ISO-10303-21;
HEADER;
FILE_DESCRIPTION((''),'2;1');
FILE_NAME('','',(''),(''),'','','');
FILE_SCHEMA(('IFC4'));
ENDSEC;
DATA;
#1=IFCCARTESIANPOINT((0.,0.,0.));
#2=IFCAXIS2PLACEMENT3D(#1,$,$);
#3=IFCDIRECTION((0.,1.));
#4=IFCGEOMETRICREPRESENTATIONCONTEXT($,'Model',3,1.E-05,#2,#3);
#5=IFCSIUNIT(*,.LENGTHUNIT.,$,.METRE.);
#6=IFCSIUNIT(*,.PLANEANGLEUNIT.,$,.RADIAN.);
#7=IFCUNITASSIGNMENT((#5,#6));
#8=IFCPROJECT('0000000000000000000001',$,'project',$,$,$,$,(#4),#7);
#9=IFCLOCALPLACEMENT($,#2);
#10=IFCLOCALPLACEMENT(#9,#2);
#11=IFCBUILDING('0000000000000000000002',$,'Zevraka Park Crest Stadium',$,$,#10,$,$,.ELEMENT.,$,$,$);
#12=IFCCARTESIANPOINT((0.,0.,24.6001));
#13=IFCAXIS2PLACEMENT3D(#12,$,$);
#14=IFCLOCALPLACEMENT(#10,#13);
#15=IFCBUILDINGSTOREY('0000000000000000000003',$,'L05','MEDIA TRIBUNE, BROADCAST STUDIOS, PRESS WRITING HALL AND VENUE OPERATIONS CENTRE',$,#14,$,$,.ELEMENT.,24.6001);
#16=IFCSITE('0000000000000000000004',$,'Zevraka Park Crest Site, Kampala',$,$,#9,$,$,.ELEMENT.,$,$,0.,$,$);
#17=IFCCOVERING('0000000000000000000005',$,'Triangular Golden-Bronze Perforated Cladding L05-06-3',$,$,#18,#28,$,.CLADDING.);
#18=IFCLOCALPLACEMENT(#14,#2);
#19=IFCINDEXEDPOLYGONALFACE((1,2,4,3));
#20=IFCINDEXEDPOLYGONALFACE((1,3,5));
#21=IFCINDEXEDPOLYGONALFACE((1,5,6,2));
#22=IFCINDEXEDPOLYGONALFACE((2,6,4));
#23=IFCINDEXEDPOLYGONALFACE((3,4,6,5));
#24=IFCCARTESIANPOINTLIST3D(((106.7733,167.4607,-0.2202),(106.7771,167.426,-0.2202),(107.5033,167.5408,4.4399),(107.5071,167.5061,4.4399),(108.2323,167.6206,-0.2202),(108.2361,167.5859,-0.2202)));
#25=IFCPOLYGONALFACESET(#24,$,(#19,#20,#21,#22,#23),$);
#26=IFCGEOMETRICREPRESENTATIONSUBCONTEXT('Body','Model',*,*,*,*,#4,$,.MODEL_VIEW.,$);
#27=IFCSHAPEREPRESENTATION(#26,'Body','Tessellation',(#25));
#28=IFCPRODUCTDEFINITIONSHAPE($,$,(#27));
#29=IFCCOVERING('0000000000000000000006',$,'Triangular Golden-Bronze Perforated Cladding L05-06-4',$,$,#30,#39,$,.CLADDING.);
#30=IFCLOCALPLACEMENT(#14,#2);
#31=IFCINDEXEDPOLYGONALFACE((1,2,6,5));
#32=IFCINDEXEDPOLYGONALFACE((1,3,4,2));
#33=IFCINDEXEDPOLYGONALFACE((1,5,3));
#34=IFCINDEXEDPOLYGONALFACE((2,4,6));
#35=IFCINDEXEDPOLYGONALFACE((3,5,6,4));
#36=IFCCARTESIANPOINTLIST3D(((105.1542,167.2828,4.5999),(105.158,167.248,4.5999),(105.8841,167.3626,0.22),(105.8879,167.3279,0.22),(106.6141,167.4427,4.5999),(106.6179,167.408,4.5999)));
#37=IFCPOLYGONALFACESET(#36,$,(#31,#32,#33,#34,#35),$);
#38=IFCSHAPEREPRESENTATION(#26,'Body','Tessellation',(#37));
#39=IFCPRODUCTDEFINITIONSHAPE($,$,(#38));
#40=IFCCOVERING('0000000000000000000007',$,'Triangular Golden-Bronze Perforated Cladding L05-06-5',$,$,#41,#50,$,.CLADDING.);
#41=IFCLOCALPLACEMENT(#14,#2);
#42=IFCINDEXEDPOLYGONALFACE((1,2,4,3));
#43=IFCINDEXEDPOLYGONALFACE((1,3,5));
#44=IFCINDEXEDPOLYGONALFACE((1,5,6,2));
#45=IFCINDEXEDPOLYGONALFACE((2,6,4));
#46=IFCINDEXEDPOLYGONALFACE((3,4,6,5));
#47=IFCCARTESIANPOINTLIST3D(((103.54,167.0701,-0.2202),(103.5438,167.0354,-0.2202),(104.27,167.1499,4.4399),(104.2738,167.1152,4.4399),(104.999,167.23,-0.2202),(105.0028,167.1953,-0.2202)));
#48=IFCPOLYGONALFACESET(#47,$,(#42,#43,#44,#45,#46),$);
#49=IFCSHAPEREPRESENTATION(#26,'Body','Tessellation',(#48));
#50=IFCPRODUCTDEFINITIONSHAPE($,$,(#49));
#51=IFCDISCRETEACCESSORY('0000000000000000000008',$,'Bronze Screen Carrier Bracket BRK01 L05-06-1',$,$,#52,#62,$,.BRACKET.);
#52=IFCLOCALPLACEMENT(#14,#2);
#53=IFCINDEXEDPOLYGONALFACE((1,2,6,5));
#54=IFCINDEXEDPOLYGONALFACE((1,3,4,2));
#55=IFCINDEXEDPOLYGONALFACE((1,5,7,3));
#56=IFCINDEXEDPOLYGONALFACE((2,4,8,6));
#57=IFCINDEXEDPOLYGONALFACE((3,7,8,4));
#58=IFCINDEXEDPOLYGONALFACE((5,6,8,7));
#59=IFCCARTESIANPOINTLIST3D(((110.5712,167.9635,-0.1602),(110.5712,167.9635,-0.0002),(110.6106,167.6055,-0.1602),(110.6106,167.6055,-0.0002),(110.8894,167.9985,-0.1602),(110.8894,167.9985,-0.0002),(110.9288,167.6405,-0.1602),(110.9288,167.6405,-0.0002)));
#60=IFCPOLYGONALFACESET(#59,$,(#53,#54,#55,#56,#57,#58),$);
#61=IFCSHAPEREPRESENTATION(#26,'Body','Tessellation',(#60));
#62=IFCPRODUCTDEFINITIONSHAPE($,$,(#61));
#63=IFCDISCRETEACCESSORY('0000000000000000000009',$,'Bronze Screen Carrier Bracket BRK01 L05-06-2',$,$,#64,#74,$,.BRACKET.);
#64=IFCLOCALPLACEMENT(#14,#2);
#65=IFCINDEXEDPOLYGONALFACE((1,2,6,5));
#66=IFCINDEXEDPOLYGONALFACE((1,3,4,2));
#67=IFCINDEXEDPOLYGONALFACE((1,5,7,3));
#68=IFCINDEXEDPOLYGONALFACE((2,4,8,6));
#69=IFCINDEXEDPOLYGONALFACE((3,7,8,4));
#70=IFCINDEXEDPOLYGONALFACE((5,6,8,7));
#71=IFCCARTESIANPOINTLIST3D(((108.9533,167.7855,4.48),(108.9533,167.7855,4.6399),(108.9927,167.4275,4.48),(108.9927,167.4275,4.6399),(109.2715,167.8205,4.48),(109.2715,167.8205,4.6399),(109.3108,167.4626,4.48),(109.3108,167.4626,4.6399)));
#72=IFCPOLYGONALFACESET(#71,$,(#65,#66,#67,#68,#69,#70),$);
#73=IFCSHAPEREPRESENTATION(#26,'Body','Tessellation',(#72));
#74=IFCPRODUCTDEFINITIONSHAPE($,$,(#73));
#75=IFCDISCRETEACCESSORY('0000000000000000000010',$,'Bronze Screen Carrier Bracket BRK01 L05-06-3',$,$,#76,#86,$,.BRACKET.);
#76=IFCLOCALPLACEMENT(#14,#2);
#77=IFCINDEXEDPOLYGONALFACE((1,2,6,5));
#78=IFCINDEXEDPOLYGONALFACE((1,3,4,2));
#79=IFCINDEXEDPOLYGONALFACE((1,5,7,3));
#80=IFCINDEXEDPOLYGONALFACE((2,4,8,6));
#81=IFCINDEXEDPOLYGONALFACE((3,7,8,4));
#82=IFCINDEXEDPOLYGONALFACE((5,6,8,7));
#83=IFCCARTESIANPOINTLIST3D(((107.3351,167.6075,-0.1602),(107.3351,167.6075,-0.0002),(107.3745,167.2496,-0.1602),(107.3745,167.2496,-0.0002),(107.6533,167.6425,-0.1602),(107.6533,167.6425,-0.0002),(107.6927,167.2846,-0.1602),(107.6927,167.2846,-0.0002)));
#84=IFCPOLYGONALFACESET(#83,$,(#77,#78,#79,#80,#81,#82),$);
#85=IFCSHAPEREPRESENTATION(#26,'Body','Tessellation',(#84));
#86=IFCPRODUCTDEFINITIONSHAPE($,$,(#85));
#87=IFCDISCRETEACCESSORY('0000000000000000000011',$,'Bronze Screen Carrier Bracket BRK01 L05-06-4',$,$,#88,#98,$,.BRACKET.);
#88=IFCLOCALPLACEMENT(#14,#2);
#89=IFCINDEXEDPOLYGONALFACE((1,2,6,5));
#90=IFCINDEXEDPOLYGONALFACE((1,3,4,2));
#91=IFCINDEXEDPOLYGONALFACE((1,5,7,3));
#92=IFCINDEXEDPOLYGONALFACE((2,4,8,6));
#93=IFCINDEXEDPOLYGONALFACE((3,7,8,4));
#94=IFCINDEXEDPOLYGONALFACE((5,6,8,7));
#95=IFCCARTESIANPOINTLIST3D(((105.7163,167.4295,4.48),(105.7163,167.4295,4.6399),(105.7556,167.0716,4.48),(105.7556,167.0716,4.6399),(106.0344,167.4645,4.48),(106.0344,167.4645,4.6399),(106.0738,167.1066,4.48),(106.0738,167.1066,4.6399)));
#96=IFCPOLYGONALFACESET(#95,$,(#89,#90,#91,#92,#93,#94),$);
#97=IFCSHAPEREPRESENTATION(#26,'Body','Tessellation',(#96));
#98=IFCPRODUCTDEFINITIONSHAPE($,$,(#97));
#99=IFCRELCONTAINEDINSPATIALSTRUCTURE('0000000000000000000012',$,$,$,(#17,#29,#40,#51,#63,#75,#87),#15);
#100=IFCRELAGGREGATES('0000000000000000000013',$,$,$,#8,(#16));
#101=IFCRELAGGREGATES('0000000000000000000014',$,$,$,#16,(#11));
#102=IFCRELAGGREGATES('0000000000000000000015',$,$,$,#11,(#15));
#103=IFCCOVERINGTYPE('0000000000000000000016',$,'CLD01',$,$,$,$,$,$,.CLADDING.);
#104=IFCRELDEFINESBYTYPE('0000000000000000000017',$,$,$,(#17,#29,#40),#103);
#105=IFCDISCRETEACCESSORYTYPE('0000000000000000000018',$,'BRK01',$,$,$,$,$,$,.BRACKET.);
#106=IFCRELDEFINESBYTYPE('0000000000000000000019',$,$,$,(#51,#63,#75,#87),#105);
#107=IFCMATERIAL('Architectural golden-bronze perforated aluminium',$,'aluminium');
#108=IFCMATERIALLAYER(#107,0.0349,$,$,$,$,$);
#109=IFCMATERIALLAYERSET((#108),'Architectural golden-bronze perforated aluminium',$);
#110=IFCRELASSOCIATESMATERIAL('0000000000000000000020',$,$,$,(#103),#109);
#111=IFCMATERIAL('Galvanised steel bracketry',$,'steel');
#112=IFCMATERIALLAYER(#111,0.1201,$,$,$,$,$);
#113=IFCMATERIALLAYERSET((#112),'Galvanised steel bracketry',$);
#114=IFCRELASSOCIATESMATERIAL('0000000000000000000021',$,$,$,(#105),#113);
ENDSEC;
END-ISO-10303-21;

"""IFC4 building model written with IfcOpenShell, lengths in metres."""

from ifc_helpers import new_model, si_unit, direction, frame, origin, origin_2d, place, context, subcontext, project, spatial, polyline, rectangle, outline, extrude, material, layer, layer_set, type_object, element, save


model = new_model("IFC4")

# Units and contexts
model_context = context("Model", 3, precision=1e-05, world=origin(), true_north=direction((0.0, 1.0)))
body_context = subcontext(model_context, "Body", "Model", "MODEL_VIEW")
ifc_project = project(units=[si_unit("LENGTHUNIT", "METRE"), si_unit("PLANEANGLEUNIT", "RADIAN")], contexts=[model_context])

# Site, building, storey
site_placement = place(None, origin())
site = spatial("IfcSite", under=ifc_project, at=site_placement, Name="Zevraka Park Crest Site, Kampala", CompositionType="ELEMENT", RefElevation=0.0)
building_placement = place(site_placement, origin())
building = spatial("IfcBuilding", under=site, at=building_placement, Name="Zevraka Park Crest Stadium", CompositionType="ELEMENT")
storey_placement = place(building_placement, frame((0.0, 0.0, 24.6001)))
storey = spatial("IfcBuildingStorey", under=building, at=storey_placement, Name="L05", Description="MEDIA TRIBUNE, BROADCAST STUDIOS, PRESS WRITING HALL AND VENUE OPERATIONS CENTRE", CompositionType="ELEMENT", Elevation=24.6001)

# Coverings
ifc_material_1 = material(Name="Architectural golden-bronze perforated aluminium", Category="aluminium")
ifc_layer_1 = layer(ifc_material_1, 0.0349)
ifc_layer_set_1 = layer_set([ifc_layer_1], Name="Architectural golden-bronze perforated aluminium")
covering_type = type_object("IfcCoveringType", Name="CLD01", PredefinedType="CLADDING", material=ifc_layer_set_1)
covering_1_placement = place(storey_placement, frame((108.2361, 167.5859, -0.2202), z_axis=(0.108953, -0.994047, 0.000015), x_axis=(-0.994047, -0.108953, 0.0)))
element("IfcCovering", 1, at=covering_1_placement, inside=storey, type_object=covering_type, Name="Triangular Golden-Bronze Perforated Cladding L05-06-3", PredefinedType="CLADDING", context=body_context, shape_type="SweptSolid", body=[
    extrude(outline(polyline([(0.0, 0.0), (1.4677, 0.0), (0.7334, -4.6602), (0.0, 0.0)])), origin(), (0.0, 0.0, -1.0), 0.0349),
])
covering_2_placement = place(storey_placement, frame((105.158, 167.248, 4.5999), z_axis=(0.108881, -0.994055, 0.000028), x_axis=(0.994055, 0.108881, 0.0)))
element("IfcCovering", 2, at=covering_2_placement, inside=storey, type_object=covering_type, Name="Triangular Golden-Bronze Perforated Cladding L05-06-4", PredefinedType="CLADDING", context=body_context, shape_type="SweptSolid", body=[
    extrude(outline(polyline([(0.0, 0.0), (1.4687, 0.0), (0.7343, -4.3799), (0.0, 0.0)])), origin(), (0.0, 0.0, -1.0), 0.0349),
])
covering_3_placement = place(storey_placement, frame((104.999, 167.23, -0.2202), z_axis=(-0.108953, 0.994047, 0.000037), x_axis=(-0.994047, -0.108953, 0.0)))
element("IfcCovering", 3, at=covering_3_placement, inside=storey, type_object=covering_type, Name="Triangular Golden-Bronze Perforated Cladding L05-06-5", PredefinedType="CLADDING", context=body_context, shape_type="SweptSolid", body=[
    extrude(outline(polyline([(0.0, 0.0), (1.4677, 0.0), (0.7334, 4.6602), (0.0, 0.0)])), origin(), (0.0, 0.0, -1.0), 0.0349),
])

# Discrete accessories
ifc_material_2 = material(Name="Galvanised steel bracketry", Category="steel")
ifc_layer_2 = layer(ifc_material_2, 0.1201)
ifc_layer_set_2 = layer_set([ifc_layer_2], Name="Galvanised steel bracketry")
discrete_accessory_type = type_object("IfcDiscreteAccessoryType", Name="BRK01", PredefinedType="BRACKET", material=ifc_layer_set_2)
for number, where, z_axis, x_axis, name in (
    (4, (110.75, 167.802, -0.1602), (0.0, 0.0, 1.0), (-0.993999, -0.109387, 0.0), "Bronze Screen Carrier Bracket BRK01 L05-06-1"),
    (5, (109.1321, 167.624, 4.48), (0.0, 0.0, 1.0), (-0.993999, -0.109387, 0.0), "Bronze Screen Carrier Bracket BRK01 L05-06-2"),
    (6, (107.5139, 167.446, -0.1602), (0.0, 0.0, 1.0), (-0.993999, -0.109387, 0.0), "Bronze Screen Carrier Bracket BRK01 L05-06-3"),
    (7, (105.895, 167.2681, 4.48), (0.0, 0.0, 1.0), (-0.993999, -0.109387, 0.0), "Bronze Screen Carrier Bracket BRK01 L05-06-4"),
):
    element("IfcDiscreteAccessory", number, at=place(storey_placement, frame(where, z_axis=z_axis, x_axis=x_axis)), inside=storey, type_object=discrete_accessory_type, Name=name, PredefinedType="BRACKET", context=body_context, shape_type="SweptSolid", body=[
        extrude(rectangle(XDim=0.3201, YDim=0.3601, at=origin_2d()), origin(), (0.0, 0.0, 1.0), 0.1599),
    ])

save(model, "model.ifc")
